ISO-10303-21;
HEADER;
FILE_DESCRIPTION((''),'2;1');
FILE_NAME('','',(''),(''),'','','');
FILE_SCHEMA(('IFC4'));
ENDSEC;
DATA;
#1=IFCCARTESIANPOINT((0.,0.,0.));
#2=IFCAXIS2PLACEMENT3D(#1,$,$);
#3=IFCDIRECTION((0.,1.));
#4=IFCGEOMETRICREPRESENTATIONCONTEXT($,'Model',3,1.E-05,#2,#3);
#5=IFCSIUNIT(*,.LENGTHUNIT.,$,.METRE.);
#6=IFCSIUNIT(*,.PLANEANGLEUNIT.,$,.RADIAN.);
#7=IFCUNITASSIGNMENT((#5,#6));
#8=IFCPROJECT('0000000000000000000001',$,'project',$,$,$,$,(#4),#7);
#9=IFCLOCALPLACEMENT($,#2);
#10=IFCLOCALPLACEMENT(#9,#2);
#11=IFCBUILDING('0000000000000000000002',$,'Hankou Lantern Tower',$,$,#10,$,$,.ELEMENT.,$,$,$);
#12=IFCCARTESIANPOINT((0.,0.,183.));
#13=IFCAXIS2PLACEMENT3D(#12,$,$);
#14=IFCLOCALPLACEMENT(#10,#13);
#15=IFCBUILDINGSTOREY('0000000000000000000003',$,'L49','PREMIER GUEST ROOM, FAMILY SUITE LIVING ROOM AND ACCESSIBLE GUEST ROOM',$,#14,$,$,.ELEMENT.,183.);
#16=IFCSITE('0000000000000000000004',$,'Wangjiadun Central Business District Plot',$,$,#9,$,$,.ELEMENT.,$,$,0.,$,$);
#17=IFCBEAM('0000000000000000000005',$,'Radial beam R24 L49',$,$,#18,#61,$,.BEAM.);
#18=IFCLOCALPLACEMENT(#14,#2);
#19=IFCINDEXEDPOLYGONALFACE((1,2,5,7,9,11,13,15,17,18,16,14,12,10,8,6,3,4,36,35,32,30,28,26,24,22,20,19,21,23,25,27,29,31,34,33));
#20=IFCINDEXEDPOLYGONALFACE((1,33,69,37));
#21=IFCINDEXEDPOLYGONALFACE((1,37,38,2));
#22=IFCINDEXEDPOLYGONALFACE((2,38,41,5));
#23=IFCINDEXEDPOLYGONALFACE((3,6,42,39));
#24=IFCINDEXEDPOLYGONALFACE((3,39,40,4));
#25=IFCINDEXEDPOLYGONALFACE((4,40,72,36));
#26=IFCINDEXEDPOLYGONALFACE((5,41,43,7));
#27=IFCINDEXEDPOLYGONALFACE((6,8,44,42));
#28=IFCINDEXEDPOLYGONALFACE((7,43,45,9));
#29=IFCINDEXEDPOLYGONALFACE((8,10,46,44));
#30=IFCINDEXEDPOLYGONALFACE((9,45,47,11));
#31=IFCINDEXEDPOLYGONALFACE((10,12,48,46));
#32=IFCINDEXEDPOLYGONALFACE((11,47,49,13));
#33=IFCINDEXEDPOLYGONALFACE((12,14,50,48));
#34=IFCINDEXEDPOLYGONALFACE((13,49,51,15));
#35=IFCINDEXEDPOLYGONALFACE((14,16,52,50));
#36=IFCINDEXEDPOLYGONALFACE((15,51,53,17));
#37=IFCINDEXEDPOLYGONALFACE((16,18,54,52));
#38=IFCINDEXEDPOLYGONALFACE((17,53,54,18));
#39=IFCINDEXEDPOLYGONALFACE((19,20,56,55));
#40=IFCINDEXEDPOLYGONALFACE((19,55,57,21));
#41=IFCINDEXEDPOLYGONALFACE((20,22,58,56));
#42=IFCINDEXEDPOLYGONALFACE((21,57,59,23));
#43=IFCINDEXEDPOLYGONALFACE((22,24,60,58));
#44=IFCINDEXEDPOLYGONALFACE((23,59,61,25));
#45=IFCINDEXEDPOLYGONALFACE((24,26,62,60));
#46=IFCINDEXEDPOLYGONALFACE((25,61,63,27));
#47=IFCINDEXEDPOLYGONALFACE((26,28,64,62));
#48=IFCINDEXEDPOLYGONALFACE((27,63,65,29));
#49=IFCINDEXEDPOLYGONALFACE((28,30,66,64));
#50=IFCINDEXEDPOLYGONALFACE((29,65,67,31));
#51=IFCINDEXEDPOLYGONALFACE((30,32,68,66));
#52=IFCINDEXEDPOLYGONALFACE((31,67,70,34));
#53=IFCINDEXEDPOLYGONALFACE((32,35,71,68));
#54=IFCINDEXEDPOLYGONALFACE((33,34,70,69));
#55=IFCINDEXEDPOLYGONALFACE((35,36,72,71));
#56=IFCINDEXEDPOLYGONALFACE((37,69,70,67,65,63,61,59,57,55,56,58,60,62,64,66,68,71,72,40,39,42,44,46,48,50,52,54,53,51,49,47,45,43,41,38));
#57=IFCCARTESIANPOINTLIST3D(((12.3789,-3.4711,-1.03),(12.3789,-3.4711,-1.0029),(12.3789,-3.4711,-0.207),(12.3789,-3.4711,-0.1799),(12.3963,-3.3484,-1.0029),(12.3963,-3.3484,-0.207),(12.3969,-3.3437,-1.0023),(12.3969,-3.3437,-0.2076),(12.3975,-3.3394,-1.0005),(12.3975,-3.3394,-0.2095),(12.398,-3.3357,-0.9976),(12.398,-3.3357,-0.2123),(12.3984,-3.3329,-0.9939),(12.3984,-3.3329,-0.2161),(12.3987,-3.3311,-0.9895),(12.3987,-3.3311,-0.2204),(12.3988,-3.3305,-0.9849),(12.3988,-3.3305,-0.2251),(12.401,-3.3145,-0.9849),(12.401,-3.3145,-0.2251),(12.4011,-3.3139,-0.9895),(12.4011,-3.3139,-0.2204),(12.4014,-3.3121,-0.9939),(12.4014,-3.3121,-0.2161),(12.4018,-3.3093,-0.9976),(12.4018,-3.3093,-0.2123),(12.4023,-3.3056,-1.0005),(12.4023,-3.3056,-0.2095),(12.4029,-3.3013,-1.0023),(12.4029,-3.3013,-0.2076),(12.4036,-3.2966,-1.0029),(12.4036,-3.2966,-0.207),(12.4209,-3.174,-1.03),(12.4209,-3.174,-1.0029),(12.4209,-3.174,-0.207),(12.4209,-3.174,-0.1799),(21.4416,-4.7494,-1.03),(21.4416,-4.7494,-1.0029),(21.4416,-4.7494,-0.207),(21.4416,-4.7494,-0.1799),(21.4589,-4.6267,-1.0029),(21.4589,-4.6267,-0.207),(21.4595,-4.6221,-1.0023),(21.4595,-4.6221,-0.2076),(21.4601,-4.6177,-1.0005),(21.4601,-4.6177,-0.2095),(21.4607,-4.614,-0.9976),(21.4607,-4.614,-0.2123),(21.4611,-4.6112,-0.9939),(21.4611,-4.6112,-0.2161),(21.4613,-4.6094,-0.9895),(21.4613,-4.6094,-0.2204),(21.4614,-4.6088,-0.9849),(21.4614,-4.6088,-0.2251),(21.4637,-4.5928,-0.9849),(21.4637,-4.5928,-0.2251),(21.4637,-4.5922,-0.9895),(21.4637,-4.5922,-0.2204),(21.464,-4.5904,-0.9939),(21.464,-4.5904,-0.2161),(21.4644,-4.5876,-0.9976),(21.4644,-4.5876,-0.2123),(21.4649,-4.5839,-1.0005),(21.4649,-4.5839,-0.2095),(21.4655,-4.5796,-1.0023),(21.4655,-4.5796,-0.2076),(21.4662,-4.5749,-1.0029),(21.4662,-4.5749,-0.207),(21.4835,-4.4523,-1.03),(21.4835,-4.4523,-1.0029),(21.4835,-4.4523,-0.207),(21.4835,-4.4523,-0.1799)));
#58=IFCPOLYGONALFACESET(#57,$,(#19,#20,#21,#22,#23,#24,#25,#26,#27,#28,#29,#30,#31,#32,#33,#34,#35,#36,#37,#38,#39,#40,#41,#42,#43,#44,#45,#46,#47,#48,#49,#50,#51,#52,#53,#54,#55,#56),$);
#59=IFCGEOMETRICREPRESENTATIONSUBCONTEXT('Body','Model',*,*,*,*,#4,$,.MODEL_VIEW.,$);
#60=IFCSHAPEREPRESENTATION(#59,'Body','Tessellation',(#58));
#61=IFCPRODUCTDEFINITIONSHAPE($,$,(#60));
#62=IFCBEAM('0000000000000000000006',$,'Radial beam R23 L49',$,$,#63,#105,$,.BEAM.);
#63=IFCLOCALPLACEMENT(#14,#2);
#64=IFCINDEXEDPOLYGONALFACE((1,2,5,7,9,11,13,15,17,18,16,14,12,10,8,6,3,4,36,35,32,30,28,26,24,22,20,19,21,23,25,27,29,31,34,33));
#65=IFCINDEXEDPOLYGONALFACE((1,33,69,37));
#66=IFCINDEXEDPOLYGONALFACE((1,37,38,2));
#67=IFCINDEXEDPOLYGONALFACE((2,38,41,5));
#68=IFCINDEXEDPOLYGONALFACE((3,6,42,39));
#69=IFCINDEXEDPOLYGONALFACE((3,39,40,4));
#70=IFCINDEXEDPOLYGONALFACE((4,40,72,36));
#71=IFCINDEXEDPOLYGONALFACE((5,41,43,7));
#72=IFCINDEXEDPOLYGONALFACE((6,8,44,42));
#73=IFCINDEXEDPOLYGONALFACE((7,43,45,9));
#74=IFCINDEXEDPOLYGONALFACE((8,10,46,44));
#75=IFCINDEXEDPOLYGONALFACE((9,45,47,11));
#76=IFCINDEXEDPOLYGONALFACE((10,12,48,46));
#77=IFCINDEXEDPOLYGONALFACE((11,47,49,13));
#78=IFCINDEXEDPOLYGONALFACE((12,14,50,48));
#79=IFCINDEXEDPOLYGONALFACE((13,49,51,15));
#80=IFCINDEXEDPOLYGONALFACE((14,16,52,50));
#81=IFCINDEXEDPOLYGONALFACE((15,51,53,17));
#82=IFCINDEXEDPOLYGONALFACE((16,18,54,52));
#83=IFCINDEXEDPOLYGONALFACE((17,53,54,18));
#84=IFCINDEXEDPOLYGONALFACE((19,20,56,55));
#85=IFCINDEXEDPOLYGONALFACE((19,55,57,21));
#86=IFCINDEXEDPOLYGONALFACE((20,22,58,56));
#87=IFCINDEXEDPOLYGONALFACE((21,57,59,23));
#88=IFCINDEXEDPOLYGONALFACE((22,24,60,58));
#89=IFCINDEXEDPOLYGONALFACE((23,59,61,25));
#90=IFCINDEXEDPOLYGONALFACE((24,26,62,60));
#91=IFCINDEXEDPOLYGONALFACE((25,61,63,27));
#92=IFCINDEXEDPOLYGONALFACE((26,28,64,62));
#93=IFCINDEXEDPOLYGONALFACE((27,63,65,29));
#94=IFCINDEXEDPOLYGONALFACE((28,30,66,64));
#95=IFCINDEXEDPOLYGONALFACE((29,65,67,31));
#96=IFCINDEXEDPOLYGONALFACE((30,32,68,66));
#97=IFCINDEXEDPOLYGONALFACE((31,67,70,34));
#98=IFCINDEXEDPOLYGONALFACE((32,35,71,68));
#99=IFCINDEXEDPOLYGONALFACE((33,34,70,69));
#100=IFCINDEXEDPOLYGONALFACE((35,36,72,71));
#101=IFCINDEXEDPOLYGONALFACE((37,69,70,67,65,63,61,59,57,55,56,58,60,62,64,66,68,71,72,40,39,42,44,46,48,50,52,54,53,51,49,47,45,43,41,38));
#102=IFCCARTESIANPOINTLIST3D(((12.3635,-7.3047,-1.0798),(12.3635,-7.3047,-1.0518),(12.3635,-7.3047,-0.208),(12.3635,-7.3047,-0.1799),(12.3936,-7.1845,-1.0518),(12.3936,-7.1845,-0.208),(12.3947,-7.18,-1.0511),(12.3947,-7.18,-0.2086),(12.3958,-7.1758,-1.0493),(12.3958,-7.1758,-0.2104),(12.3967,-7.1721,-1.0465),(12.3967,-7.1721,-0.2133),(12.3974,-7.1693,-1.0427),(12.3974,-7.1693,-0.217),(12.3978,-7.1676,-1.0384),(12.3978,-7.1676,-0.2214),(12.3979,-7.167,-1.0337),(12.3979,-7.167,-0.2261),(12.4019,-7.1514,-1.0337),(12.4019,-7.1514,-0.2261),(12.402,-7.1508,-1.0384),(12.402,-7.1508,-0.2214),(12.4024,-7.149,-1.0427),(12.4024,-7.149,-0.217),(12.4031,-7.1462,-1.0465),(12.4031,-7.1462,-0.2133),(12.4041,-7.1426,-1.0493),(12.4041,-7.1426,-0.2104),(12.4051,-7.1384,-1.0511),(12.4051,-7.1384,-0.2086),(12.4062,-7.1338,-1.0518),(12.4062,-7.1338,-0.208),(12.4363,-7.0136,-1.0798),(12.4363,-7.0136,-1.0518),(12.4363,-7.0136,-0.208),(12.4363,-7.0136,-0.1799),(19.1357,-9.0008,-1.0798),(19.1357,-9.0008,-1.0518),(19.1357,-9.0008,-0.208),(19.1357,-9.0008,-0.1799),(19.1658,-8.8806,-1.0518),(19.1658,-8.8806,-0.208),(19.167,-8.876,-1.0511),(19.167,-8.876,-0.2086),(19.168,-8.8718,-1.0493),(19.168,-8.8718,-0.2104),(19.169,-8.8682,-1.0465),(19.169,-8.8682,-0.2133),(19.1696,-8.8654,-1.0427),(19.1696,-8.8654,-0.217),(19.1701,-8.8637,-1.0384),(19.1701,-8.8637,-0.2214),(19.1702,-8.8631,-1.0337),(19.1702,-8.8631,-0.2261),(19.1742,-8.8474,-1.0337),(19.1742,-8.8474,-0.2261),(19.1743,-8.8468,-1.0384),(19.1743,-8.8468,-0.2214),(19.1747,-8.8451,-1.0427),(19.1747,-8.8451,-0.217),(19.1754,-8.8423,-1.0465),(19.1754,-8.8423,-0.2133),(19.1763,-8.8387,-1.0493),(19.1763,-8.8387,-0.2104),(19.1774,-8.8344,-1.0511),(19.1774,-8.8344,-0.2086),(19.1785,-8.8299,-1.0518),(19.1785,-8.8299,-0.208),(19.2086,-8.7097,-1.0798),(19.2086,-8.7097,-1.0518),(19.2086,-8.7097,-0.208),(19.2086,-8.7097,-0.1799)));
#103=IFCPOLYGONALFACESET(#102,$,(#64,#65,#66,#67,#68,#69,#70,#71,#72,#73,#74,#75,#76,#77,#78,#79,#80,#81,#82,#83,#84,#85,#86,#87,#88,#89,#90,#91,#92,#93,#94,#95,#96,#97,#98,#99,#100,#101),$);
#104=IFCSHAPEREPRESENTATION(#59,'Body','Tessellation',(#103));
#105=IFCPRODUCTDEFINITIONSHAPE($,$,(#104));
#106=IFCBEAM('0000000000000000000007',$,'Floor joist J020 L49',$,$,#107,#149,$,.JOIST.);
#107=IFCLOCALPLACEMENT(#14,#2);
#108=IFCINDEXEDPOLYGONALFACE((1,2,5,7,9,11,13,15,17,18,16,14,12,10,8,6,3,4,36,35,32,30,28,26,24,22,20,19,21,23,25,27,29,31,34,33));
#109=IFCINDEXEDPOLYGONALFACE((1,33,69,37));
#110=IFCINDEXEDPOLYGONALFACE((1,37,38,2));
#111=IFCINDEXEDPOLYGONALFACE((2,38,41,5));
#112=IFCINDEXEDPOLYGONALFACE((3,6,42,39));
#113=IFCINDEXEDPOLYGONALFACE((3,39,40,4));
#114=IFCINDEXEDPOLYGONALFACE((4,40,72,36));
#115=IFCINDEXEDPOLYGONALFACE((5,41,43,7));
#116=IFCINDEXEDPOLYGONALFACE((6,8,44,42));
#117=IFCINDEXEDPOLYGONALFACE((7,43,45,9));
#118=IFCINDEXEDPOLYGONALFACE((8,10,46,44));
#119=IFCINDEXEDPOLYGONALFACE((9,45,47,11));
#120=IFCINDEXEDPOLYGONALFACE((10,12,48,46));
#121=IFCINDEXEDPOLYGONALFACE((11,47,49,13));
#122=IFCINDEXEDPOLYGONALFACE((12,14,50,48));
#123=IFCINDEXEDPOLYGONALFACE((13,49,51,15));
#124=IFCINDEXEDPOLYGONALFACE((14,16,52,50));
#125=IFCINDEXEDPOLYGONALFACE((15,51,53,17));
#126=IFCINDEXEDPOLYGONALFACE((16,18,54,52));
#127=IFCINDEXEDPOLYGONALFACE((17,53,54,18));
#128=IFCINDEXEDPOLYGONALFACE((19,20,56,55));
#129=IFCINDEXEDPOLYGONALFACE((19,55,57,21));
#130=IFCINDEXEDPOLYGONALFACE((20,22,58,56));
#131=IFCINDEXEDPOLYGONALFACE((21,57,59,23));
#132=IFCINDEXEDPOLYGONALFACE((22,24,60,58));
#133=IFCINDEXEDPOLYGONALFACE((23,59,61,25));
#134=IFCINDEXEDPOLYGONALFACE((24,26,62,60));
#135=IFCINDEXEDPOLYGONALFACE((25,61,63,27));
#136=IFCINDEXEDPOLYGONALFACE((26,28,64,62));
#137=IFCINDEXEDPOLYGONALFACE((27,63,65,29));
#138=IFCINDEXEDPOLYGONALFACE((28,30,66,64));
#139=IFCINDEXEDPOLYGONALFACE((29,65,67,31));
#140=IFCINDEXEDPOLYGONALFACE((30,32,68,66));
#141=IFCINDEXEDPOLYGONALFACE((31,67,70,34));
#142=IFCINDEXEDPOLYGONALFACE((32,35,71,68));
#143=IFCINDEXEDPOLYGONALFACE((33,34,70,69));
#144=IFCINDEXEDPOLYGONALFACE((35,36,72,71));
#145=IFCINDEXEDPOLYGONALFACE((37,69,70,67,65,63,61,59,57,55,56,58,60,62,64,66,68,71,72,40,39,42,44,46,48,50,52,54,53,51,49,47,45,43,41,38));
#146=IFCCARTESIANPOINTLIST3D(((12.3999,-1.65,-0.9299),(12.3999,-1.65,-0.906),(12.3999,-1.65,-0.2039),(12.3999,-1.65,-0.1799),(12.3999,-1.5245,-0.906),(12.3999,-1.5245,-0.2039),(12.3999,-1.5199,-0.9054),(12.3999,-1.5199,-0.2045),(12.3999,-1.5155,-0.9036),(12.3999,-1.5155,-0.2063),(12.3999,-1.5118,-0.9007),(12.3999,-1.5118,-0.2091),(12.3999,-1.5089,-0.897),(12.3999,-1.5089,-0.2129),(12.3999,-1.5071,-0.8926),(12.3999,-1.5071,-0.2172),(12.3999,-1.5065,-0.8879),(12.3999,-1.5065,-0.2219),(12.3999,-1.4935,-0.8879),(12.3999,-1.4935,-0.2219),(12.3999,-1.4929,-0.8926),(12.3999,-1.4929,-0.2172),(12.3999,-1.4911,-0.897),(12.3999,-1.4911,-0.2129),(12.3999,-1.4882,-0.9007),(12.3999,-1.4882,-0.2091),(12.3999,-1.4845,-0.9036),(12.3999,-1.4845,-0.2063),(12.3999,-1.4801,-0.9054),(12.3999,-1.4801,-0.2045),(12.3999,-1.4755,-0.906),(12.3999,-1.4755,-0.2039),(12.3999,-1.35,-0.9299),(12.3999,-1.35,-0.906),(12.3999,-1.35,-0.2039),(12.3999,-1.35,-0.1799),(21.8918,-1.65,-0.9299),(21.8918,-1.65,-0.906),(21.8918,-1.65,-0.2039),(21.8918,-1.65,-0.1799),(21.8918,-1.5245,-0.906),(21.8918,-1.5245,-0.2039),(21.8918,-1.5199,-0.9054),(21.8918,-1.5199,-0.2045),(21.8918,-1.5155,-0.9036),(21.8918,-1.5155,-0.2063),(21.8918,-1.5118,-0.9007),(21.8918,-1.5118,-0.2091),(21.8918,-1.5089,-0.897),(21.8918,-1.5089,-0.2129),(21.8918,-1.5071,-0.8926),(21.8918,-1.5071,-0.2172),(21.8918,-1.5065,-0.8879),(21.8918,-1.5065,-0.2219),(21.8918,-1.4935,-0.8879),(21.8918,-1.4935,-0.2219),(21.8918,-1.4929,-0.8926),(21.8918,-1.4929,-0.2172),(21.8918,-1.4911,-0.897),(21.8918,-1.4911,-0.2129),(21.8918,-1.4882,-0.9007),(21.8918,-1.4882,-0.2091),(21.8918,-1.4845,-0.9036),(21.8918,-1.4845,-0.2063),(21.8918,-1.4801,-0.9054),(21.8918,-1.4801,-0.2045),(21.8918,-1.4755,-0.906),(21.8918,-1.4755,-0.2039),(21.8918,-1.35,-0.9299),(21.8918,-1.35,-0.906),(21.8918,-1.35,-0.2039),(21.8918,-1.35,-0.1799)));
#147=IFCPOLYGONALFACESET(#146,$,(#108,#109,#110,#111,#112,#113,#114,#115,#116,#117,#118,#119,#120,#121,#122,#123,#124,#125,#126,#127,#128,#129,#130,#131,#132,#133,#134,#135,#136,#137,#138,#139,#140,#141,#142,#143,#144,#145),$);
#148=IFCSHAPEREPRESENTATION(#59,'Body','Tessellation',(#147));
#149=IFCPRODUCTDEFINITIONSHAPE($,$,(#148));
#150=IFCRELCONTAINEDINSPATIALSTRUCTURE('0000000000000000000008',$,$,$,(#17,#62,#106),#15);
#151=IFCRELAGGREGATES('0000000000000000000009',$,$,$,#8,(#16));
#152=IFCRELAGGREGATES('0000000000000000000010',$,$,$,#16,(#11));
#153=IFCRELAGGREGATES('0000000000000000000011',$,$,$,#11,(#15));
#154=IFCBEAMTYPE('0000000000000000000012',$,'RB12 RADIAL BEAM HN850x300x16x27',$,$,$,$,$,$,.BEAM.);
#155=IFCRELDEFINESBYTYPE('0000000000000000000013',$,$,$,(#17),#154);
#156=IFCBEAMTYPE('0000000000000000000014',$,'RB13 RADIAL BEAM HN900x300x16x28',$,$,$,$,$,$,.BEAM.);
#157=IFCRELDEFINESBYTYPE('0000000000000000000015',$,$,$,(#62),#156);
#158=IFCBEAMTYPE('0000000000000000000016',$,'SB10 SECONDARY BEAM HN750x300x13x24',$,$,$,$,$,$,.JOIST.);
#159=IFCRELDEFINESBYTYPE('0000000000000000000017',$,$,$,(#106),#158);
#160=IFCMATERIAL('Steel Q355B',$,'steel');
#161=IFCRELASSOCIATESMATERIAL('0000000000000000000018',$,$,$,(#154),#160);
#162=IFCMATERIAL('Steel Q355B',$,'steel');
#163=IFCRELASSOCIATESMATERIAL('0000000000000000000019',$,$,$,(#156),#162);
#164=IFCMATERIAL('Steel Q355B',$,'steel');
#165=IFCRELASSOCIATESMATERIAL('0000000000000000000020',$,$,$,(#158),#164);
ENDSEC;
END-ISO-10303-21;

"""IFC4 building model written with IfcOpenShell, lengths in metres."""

from ifc_helpers import new_model, si_unit, direction, frame, origin, origin_2d, place, context, subcontext, project, spatial, i_section, extrude, material, material_profile, profile_set, type_object, element, save


model = new_model("IFC4")

# Units and contexts
model_context = context("Model", 3, precision=1e-05, world=origin(), true_north=direction((0.0, 1.0)))
body_context = subcontext(model_context, "Body", "Model", "MODEL_VIEW")
ifc_project = project(units=[si_unit("LENGTHUNIT", "METRE"), si_unit("PLANEANGLEUNIT", "RADIAN")], contexts=[model_context])

# Site, building, storey
site_placement = place(None, origin())
site = spatial("IfcSite", under=ifc_project, at=site_placement, Name="Wangjiadun Central Business District Plot", CompositionType="ELEMENT", RefElevation=0.0)
building_placement = place(site_placement, origin())
building = spatial("IfcBuilding", under=site, at=building_placement, Name="Hankou Lantern Tower", CompositionType="ELEMENT")
storey_placement = place(building_placement, frame((0.0, 0.0, 183.0)))
storey = spatial("IfcBuildingStorey", under=building, at=storey_placement, Name="L49", Description="PREMIER GUEST ROOM, FAMILY SUITE LIVING ROOM AND ACCESSIBLE GUEST ROOM", CompositionType="ELEMENT", Elevation=183.0)

# Beams
ifc_material_1 = material(Name="Steel Q355B", Category="steel")
ifc_material_profile_1 = material_profile(ifc_material_1, i_section(OverallWidth=0.3, OverallDepth=0.8501, WebThickness=0.0161, FlangeThickness=0.0271, FilletRadius=0.0181, at=origin_2d()), Name="HN850x300x16x27")
ifc_profile_set_1 = profile_set([ifc_material_profile_1], Name="Steel Q355B")
beam_type_1 = type_object("IfcBeamType", Name="RB12 RADIAL BEAM HN850x300x16x27", PredefinedType="BEAM", material=ifc_profile_set_1)
beam_1_placement = place(storey_placement, frame((12.3999, -3.3225, -0.605), z_axis=(0.990198, -0.13967, 0.0), x_axis=(0.13967, 0.990198, 0.0)))
element("IfcBeam", 1, at=beam_1_placement, inside=storey, type_object=beam_type_1, Name="Radial beam R24 L49", PredefinedType="BEAM", context=body_context, shape_type="SweptSolid", body=[
    extrude(i_section(OverallWidth=0.3, OverallDepth=0.8501, WebThickness=0.0161, FlangeThickness=0.0271, FilletRadius=0.0181, at=origin_2d()), origin(), (0.0, 0.0, 1.0), 9.1523),
])
ifc_material_2 = material(Name="Steel Q355B", Category="steel")
ifc_material_profile_2 = material_profile(ifc_material_2, i_section(OverallWidth=0.3, OverallDepth=0.8999, WebThickness=0.0161, FlangeThickness=0.0281, FilletRadius=0.0181, at=origin_2d()), Name="HN900x300x16x28")
ifc_profile_set_2 = profile_set([ifc_material_profile_2], Name="Steel Q355B")
beam_type_2 = type_object("IfcBeamType", Name="RB13 RADIAL BEAM HN900x300x16x28", PredefinedType="BEAM", material=ifc_profile_set_2)
beam_2_placement = place(storey_placement, frame((12.3999, -7.1592, -0.6299), z_axis=(0.970042, -0.242939, 0.0), x_axis=(0.242939, 0.970042, 0.0)))
element("IfcBeam", 2, at=beam_2_placement, inside=storey, type_object=beam_type_2, Name="Radial beam R23 L49", PredefinedType="BEAM", context=body_context, shape_type="SweptSolid", body=[
    extrude(i_section(OverallWidth=0.3, OverallDepth=0.8999, WebThickness=0.0161, FlangeThickness=0.0281, FilletRadius=0.0181, at=origin_2d()), origin(), (0.0, 0.0, 1.0), 6.9814),
])
ifc_material_3 = material(Name="Steel Q355B", Category="steel")
ifc_material_profile_3 = material_profile(ifc_material_3, i_section(OverallWidth=0.3, OverallDepth=0.75, WebThickness=0.0129, FlangeThickness=0.0239, FilletRadius=0.0181, at=origin_2d()), Name="HN750x300x13x24")
ifc_profile_set_3 = profile_set([ifc_material_profile_3], Name="Steel Q355B")
beam_type_3 = type_object("IfcBeamType", Name="SB10 SECONDARY BEAM HN750x300x13x24", PredefinedType="JOIST", material=ifc_profile_set_3)
beam_3_placement = place(storey_placement, frame((12.3999, -1.5, -0.5549), z_axis=(1.0, 0.0, 0.0), x_axis=(0.0, 1.0, 0.0)))
element("IfcBeam", 3, at=beam_3_placement, inside=storey, type_object=beam_type_3, Name="Floor joist J020 L49", PredefinedType="JOIST", context=body_context, shape_type="SweptSolid", body=[
    extrude(i_section(OverallWidth=0.3, OverallDepth=0.75, WebThickness=0.0129, FlangeThickness=0.0239, FilletRadius=0.0181, at=origin_2d()), origin(), (0.0, 0.0, 1.0), 9.4919),
])

save(model, "model.ifc")
